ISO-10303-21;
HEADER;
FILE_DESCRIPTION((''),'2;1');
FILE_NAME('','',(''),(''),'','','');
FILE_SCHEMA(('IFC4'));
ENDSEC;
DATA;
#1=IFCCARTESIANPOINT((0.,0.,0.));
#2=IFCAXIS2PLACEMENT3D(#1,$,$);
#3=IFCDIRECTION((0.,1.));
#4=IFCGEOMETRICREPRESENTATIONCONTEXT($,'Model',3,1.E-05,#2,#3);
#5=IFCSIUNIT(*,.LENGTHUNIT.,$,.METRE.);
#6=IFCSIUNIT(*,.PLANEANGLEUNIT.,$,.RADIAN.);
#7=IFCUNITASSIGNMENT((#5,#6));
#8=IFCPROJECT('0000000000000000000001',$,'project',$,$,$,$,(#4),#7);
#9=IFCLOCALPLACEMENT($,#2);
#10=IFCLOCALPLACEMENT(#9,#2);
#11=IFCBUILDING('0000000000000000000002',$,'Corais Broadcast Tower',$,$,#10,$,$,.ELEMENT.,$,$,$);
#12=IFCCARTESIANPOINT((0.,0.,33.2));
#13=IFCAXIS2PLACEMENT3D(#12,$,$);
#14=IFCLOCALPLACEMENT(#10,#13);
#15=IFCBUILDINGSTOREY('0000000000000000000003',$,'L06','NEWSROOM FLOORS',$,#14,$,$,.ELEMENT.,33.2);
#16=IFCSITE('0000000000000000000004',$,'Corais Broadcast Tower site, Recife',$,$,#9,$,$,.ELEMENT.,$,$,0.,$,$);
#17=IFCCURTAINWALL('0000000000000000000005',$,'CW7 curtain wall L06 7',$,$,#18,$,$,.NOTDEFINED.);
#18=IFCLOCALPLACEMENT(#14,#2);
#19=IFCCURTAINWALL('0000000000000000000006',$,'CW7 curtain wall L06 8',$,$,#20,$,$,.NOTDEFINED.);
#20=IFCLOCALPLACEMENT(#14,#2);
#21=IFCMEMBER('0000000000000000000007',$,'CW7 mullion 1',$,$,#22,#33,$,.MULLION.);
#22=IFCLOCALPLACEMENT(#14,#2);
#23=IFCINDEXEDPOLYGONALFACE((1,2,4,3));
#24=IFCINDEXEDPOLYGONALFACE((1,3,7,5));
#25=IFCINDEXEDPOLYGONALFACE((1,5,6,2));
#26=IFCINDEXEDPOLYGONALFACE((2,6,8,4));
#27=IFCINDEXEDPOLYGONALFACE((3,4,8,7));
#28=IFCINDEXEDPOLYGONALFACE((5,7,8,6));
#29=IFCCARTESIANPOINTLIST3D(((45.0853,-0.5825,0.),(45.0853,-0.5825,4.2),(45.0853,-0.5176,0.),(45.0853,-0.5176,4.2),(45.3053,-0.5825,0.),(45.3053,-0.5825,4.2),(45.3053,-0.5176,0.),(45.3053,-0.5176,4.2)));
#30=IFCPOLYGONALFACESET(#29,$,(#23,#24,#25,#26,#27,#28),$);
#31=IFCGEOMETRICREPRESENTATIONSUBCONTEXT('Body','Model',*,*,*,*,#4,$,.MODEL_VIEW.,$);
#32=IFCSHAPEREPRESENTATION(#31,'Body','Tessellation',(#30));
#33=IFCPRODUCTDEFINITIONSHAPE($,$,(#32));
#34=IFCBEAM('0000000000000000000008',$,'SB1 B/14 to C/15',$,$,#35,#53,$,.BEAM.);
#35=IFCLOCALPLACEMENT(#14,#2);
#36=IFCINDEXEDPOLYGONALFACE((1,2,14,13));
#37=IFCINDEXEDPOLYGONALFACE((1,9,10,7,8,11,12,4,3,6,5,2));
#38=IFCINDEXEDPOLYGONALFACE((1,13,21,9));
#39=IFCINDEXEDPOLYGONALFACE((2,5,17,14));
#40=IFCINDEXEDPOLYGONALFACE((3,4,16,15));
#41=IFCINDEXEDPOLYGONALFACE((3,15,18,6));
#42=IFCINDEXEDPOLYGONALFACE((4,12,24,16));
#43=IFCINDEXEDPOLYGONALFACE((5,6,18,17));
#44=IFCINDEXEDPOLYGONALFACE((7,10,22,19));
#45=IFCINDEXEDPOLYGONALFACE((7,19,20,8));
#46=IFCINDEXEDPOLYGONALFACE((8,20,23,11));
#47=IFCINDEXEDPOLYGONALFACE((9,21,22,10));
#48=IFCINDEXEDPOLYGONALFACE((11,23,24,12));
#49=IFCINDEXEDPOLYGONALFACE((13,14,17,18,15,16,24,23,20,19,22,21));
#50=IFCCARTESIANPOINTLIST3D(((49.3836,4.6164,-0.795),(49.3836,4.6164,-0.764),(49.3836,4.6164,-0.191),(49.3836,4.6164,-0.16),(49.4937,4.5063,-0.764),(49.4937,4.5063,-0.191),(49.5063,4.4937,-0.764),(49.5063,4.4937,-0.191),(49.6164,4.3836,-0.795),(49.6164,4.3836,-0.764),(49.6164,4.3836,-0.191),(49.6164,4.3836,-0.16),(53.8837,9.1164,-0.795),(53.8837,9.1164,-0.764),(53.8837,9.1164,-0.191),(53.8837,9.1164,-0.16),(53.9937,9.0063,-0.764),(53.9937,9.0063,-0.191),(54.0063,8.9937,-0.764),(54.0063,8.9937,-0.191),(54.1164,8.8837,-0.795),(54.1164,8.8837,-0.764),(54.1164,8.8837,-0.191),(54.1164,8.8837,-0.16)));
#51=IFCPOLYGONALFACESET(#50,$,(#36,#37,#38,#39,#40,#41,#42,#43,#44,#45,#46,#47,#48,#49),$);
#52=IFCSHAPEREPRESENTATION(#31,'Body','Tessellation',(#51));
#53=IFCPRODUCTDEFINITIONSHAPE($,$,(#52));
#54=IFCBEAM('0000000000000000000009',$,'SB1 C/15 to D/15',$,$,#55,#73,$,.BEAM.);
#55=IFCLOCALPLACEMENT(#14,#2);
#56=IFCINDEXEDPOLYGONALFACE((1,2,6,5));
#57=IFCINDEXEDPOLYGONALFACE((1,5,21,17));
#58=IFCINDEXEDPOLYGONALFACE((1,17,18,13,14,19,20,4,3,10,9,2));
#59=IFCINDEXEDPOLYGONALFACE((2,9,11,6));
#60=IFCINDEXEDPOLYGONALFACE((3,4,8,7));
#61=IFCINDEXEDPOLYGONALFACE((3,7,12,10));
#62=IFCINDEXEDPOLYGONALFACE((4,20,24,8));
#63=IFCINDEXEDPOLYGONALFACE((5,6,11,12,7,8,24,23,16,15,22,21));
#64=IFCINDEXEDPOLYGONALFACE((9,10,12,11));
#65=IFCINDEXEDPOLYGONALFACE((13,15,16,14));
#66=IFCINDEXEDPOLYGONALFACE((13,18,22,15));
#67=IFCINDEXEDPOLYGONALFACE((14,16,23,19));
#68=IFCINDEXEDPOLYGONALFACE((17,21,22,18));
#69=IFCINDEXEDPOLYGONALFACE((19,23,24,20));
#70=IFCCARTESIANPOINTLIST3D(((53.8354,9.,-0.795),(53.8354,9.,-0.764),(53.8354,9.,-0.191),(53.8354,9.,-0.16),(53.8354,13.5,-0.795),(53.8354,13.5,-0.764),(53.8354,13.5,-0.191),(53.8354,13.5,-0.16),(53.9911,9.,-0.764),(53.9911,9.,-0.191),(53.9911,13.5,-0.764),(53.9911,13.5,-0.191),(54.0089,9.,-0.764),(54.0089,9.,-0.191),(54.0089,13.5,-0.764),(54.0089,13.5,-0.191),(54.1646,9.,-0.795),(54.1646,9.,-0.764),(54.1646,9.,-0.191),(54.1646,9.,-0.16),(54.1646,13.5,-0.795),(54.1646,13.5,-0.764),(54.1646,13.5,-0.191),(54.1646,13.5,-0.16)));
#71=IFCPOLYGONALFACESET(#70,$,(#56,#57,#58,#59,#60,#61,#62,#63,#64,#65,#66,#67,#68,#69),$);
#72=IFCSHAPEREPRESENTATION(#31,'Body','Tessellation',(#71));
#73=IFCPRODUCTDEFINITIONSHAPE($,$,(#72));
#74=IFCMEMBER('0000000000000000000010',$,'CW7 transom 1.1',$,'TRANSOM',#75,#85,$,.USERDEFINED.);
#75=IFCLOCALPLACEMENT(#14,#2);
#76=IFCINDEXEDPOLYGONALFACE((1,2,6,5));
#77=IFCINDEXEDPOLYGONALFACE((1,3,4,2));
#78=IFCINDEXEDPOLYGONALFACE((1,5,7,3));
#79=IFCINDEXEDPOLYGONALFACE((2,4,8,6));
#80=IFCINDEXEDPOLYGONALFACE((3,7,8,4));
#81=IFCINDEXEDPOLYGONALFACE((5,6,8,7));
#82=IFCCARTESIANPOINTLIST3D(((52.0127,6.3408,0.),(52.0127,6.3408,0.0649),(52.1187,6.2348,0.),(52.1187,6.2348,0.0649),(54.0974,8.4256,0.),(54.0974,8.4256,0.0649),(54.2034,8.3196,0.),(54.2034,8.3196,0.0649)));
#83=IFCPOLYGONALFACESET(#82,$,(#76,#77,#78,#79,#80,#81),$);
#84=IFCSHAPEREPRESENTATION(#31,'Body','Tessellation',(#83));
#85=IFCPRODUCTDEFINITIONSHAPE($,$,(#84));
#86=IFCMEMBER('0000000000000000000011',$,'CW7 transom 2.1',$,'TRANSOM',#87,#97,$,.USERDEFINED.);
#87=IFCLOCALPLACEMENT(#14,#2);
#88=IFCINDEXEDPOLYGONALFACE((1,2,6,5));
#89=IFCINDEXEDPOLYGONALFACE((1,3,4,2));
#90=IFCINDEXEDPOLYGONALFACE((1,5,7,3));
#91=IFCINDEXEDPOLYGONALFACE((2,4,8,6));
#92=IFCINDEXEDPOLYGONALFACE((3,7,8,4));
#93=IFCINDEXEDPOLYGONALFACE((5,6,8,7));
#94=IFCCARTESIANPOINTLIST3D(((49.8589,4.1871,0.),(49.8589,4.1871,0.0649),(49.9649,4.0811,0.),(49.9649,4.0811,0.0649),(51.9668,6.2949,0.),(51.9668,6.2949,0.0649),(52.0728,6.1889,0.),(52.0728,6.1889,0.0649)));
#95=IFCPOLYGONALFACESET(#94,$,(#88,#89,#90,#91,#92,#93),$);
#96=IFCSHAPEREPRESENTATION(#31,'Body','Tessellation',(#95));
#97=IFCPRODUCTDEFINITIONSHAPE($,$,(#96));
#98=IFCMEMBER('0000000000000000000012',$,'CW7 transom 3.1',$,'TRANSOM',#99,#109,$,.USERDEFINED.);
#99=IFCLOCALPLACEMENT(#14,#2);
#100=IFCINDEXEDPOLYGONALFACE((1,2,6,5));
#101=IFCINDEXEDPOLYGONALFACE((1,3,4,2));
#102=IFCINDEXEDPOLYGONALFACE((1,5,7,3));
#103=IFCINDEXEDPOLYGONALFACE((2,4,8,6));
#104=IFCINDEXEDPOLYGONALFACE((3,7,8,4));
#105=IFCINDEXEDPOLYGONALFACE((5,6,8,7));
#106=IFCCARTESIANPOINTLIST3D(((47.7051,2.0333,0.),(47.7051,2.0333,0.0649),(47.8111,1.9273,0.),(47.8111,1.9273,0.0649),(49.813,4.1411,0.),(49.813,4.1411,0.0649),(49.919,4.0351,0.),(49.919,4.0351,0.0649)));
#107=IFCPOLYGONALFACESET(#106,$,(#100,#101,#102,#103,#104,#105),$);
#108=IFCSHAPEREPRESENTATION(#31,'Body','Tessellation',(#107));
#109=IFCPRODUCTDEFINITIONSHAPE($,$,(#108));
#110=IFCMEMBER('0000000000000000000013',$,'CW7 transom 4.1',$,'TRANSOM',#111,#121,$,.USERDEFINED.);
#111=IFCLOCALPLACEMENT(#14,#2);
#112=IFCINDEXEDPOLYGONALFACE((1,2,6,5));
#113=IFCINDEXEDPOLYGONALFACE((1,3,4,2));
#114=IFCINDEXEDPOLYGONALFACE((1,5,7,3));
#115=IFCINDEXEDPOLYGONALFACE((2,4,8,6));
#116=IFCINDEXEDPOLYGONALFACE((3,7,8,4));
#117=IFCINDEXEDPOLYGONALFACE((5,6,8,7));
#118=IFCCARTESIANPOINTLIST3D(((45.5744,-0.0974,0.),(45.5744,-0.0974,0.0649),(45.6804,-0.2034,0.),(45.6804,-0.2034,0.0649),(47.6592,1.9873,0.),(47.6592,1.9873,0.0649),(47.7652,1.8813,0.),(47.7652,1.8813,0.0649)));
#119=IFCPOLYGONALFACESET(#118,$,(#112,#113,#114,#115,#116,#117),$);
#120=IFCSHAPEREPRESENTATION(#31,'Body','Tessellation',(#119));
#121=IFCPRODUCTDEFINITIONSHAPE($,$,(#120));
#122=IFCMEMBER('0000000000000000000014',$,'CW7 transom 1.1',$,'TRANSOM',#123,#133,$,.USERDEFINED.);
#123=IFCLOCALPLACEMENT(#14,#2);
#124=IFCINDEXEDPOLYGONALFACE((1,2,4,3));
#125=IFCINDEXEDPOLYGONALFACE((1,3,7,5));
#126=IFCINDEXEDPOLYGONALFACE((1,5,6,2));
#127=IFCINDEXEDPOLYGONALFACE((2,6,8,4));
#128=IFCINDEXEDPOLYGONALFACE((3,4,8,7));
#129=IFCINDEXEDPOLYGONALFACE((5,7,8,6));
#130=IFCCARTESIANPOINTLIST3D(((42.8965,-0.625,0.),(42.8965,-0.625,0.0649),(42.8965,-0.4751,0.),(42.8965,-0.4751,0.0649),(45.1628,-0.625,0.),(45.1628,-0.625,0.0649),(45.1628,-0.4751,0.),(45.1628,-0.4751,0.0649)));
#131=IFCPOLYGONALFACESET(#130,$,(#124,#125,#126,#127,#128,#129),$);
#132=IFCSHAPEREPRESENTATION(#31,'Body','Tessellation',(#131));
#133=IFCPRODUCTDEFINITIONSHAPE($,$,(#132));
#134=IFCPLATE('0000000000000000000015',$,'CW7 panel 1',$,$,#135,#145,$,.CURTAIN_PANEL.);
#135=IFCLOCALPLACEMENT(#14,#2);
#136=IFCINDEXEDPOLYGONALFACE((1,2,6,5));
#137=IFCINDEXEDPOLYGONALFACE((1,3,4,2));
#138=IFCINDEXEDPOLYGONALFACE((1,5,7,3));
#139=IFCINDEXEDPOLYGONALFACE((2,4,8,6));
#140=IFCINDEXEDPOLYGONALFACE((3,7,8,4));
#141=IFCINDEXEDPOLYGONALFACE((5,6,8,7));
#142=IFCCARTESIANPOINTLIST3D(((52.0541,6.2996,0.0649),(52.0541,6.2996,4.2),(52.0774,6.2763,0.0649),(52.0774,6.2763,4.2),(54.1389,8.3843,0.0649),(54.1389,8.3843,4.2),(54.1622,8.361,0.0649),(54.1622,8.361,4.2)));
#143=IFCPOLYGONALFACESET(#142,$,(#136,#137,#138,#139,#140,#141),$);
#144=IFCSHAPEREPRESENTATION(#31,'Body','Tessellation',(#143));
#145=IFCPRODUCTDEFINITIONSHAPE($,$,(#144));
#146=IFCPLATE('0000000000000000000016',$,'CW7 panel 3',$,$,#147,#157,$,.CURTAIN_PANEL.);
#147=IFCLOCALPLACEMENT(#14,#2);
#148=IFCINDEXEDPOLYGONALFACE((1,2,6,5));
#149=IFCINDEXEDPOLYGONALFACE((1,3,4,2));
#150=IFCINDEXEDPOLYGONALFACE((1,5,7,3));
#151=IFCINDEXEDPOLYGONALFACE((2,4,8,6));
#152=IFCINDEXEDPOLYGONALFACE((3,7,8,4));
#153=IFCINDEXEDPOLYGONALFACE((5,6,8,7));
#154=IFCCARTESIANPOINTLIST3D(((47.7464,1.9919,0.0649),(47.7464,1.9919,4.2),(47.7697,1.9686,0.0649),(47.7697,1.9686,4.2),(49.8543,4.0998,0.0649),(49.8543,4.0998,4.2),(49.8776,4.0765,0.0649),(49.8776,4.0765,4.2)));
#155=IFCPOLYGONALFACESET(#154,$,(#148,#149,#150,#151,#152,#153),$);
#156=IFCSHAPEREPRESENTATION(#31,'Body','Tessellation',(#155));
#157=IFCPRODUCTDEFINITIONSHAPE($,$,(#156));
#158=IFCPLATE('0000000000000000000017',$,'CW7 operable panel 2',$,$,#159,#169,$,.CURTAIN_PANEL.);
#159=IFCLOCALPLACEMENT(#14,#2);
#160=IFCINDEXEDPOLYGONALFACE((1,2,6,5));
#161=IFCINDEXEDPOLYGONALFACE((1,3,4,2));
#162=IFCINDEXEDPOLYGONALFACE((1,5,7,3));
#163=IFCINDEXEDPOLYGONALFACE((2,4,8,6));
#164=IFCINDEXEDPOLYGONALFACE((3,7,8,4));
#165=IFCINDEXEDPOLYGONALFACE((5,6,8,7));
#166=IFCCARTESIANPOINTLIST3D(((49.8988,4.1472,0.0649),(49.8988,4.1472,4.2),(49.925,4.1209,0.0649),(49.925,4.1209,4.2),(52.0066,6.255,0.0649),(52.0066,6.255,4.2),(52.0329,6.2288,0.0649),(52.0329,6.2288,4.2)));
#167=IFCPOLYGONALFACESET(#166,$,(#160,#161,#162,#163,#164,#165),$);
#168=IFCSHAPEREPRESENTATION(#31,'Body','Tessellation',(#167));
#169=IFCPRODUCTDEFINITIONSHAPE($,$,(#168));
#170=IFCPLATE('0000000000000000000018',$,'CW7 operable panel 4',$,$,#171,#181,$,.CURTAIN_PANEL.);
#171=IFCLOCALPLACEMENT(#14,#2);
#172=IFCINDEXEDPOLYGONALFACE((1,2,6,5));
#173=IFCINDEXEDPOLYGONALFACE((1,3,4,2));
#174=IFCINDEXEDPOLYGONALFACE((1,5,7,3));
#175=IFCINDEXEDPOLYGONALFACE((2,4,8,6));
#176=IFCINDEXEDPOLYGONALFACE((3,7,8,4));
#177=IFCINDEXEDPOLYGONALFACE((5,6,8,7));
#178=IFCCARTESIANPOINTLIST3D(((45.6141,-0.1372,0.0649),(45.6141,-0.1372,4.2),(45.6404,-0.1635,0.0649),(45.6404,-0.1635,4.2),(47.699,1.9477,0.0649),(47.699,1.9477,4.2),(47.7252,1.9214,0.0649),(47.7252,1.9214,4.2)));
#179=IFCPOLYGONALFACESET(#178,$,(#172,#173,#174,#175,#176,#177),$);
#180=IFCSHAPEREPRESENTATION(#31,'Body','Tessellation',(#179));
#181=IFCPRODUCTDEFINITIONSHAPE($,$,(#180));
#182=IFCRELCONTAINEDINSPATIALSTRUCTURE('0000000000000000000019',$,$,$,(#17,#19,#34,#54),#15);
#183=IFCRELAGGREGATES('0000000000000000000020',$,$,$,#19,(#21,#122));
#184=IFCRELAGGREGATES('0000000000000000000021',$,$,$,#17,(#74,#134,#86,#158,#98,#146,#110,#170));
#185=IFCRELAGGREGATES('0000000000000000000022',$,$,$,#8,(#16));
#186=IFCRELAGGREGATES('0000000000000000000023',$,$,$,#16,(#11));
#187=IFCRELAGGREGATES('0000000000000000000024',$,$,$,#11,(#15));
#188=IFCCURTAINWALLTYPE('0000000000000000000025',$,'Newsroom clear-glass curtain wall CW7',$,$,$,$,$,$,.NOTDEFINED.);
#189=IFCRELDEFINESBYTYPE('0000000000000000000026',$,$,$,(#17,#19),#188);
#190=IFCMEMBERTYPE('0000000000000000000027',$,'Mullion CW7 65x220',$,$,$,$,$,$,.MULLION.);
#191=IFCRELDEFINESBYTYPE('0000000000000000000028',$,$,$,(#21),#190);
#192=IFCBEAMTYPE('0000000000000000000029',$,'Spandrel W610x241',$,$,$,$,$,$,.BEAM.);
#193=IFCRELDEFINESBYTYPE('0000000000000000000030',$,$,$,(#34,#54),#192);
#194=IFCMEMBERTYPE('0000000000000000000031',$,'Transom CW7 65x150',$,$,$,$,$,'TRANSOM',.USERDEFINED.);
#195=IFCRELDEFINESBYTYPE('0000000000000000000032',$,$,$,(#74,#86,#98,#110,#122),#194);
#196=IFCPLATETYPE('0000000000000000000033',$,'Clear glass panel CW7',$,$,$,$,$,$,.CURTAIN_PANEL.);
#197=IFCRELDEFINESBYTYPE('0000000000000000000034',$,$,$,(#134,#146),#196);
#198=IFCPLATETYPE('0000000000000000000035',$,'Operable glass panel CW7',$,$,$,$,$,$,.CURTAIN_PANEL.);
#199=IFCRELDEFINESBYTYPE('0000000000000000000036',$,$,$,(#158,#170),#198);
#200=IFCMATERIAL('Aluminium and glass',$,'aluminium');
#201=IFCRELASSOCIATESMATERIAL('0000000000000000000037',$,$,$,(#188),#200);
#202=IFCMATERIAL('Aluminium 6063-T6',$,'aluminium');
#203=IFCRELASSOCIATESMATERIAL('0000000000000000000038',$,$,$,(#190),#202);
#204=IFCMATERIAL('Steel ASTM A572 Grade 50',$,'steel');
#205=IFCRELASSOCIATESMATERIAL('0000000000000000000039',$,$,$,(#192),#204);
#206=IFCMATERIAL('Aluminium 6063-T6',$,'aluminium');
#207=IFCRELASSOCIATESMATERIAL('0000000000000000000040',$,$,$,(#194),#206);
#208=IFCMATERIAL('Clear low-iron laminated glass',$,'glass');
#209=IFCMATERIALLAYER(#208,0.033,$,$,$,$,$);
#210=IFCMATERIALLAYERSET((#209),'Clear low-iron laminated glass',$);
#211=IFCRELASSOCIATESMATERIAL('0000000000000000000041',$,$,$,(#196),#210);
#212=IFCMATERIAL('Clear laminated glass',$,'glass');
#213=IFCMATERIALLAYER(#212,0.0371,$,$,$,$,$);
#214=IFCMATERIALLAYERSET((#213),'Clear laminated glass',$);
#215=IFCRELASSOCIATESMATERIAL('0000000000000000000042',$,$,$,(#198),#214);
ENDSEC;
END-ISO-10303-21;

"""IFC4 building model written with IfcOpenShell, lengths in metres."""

from ifc_helpers import new_model, si_unit, direction, frame, origin, origin_2d, place, context, subcontext, project, spatial, rectangle, i_section, extrude, material, layer, layer_set, material_profile, profile_set, type_object, element, aggregate, save


model = new_model("IFC4")

# Units and contexts
model_context = context("Model", 3, precision=1e-05, world=origin(), true_north=direction((0.0, 1.0)))
body_context = subcontext(model_context, "Body", "Model", "MODEL_VIEW")
ifc_project = project(units=[si_unit("LENGTHUNIT", "METRE"), si_unit("PLANEANGLEUNIT", "RADIAN")], contexts=[model_context])

# Site, building, storey
site_placement = place(None, origin())
site = spatial("IfcSite", under=ifc_project, at=site_placement, Name="Corais Broadcast Tower site, Recife", CompositionType="ELEMENT", RefElevation=0.0)
building_placement = place(site_placement, origin())
building = spatial("IfcBuilding", under=site, at=building_placement, Name="Corais Broadcast Tower", CompositionType="ELEMENT")
storey_placement = place(building_placement, frame((0.0, 0.0, 33.2)))
storey = spatial("IfcBuildingStorey", under=building, at=storey_placement, Name="L06", Description="NEWSROOM FLOORS", CompositionType="ELEMENT", Elevation=33.2)

# Shared definitions
ifc_material_1 = material(Name="Aluminium and glass", Category="aluminium")
curtain_wall_type = type_object("IfcCurtainWallType", Name="Newsroom clear-glass curtain wall CW7", PredefinedType="NOTDEFINED", material=ifc_material_1)
ifc_material_2 = material(Name="Aluminium 6063-T6", Category="aluminium")
ifc_material_profile_1 = material_profile(ifc_material_2, rectangle(XDim=0.0649, YDim=0.22, at=origin_2d()), Name="Mullion CW7 65x220")
ifc_profile_set_1 = profile_set([ifc_material_profile_1], Name="Aluminium 6063-T6")
member_type_1 = type_object("IfcMemberType", Name="Mullion CW7 65x220", PredefinedType="MULLION", material=ifc_profile_set_1)

# Curtain wall
curtain_wall_1_placement = place(storey_placement, origin())
curtain_wall_1 = element("IfcCurtainWall", 1, at=curtain_wall_1_placement, inside=storey, type_object=curtain_wall_type, Name="CW7 curtain wall L06 7", PredefinedType="NOTDEFINED")

# Curtain wall, member
curtain_wall_2_placement = place(storey_placement, origin())
curtain_wall_2 = element("IfcCurtainWall", 2, at=curtain_wall_2_placement, inside=storey, type_object=curtain_wall_type, Name="CW7 curtain wall L06 8", PredefinedType="NOTDEFINED")
member_1_placement = place(storey_placement, frame((45.1953, -0.55, 0.0), z_axis=(0.0, 0.0, 1.0), x_axis=(0.0, -1.0, 0.0)))
member_1 = element("IfcMember", 3, at=member_1_placement, type_object=member_type_1, Name="CW7 mullion 1", PredefinedType="MULLION", context=body_context, shape_type="SweptSolid", body=[
    extrude(rectangle(XDim=0.0649, YDim=0.22, at=origin_2d()), origin(), (0.0, 0.0, 1.0), 4.2),
])

# Beams
ifc_material_3 = material(Name="Steel ASTM A572 Grade 50", Category="steel")
ifc_material_profile_2 = material_profile(ifc_material_3, i_section(OverallWidth=0.3291, OverallDepth=0.635, WebThickness=0.0178, FlangeThickness=0.031, at=origin_2d()), Name="W610x241")
ifc_profile_set_2 = profile_set([ifc_material_profile_2], Name="Steel ASTM A572 Grade 50")
beam_type_1 = type_object("IfcBeamType", Name="Spandrel W610x241", PredefinedType="BEAM", material=ifc_profile_set_2)
beam_1_placement = place(storey_placement, frame((49.5, 4.5, -0.4775), z_axis=(0.707107, 0.707107, 0.0), x_axis=(-0.707107, 0.707107, 0.0)))
element("IfcBeam", 4, at=beam_1_placement, inside=storey, type_object=beam_type_1, Name="SB1 B/14 to C/15", PredefinedType="BEAM", context=body_context, shape_type="SweptSolid", body=[
    extrude(i_section(OverallWidth=0.3291, OverallDepth=0.635, WebThickness=0.0178, FlangeThickness=0.031, at=origin_2d()), origin(), (0.0, 0.0, 1.0), 6.364),
])
beam_2_placement = place(storey_placement, frame((54.0, 9.0, -0.4775), z_axis=(0.0, 1.0, 0.0), x_axis=(-1.0, 0.0, 0.0)))
element("IfcBeam", 5, at=beam_2_placement, inside=storey, type_object=beam_type_1, Name="SB1 C/15 to D/15", PredefinedType="BEAM", context=body_context, shape_type="SweptSolid", body=[
    extrude(i_section(OverallWidth=0.3291, OverallDepth=0.635, WebThickness=0.0178, FlangeThickness=0.031, at=origin_2d()), origin(), (0.0, 0.0, 1.0), 4.5),
])

# Members
ifc_material_4 = material(Name="Aluminium 6063-T6", Category="aluminium")
ifc_material_profile_3 = material_profile(ifc_material_4, rectangle(XDim=0.1499, YDim=0.0649, at=origin_2d()), Name="Transom CW7 65x150")
ifc_profile_set_3 = profile_set([ifc_material_profile_3], Name="Aluminium 6063-T6")
member_type_2 = type_object("IfcMemberType", Name="Transom CW7 65x150", ElementType="TRANSOM", PredefinedType="USERDEFINED", material=ifc_profile_set_3)
member_2_placement = place(storey_placement, frame((54.1504, 8.3726, 0.0325), z_axis=(-0.707107, -0.707107, 0.0), x_axis=(0.707107, -0.707107, 0.0)))
member_2 = element("IfcMember", 6, at=member_2_placement, type_object=member_type_2, Name="CW7 transom 1.1", ObjectType="TRANSOM", PredefinedType="USERDEFINED", context=body_context, shape_type="SweptSolid", body=[
    extrude(rectangle(XDim=0.1499, YDim=0.0649, at=origin_2d()), origin(), (0.0, 0.0, 1.0), 2.9482),
])
member_3_placement = place(storey_placement, frame((52.0198, 6.2419, 0.0325), z_axis=(-0.707107, -0.707107, 0.0), x_axis=(0.707107, -0.707107, 0.0)))
member_3 = element("IfcMember", 7, at=member_3_placement, type_object=member_type_2, Name="CW7 transom 2.1", ObjectType="TRANSOM", PredefinedType="USERDEFINED", context=body_context, shape_type="SweptSolid", body=[
    extrude(rectangle(XDim=0.1499, YDim=0.0649, at=origin_2d()), origin(), (0.0, 0.0, 1.0), 2.981),
])
member_4_placement = place(storey_placement, frame((49.866, 4.0881, 0.0325), z_axis=(-0.707107, -0.707107, 0.0), x_axis=(0.707107, -0.707107, 0.0)))
member_4 = element("IfcMember", 8, at=member_4_placement, type_object=member_type_2, Name="CW7 transom 3.1", ObjectType="TRANSOM", PredefinedType="USERDEFINED", context=body_context, shape_type="SweptSolid", body=[
    extrude(rectangle(XDim=0.1499, YDim=0.0649, at=origin_2d()), origin(), (0.0, 0.0, 1.0), 2.981),
])
member_5_placement = place(storey_placement, frame((47.7122, 1.9343, 0.0325), z_axis=(-0.707107, -0.707107, 0.0), x_axis=(0.707107, -0.707107, 0.0)))
member_5 = element("IfcMember", 9, at=member_5_placement, type_object=member_type_2, Name="CW7 transom 4.1", ObjectType="TRANSOM", PredefinedType="USERDEFINED", context=body_context, shape_type="SweptSolid", body=[
    extrude(rectangle(XDim=0.1499, YDim=0.0649, at=origin_2d()), origin(), (0.0, 0.0, 1.0), 2.9482),
])
member_6_placement = place(storey_placement, frame((45.1628, -0.55, 0.0325), z_axis=(-1.0, 0.0, 0.0), x_axis=(0.0, -1.0, 0.0)))
member_6 = element("IfcMember", 10, at=member_6_placement, type_object=member_type_2, Name="CW7 transom 1.1", ObjectType="TRANSOM", PredefinedType="USERDEFINED", context=body_context, shape_type="SweptSolid", body=[
    extrude(rectangle(XDim=0.1499, YDim=0.0649, at=origin_2d()), origin(), (0.0, 0.0, 1.0), 2.2664),
])
aggregate(curtain_wall_2, [member_1, member_6])

# Plates
ifc_material_5 = material(Name="Clear low-iron laminated glass", Category="glass")
ifc_layer_1 = layer(ifc_material_5, 0.033)
ifc_layer_set_1 = layer_set([ifc_layer_1], Name="Clear low-iron laminated glass")
plate_type_1 = type_object("IfcPlateType", Name="Clear glass panel CW7", PredefinedType="CURTAIN_PANEL", material=ifc_layer_set_1)
plate_1_placement = place(storey_placement, frame((53.1082, 7.3303, 0.0649), z_axis=(0.0, 0.0, 1.0), x_axis=(-0.707107, -0.707107, 0.0)))
plate_1 = element("IfcPlate", 11, at=plate_1_placement, type_object=plate_type_1, Name="CW7 panel 1", PredefinedType="CURTAIN_PANEL", context=body_context, shape_type="SweptSolid", body=[
    extrude(rectangle(XDim=2.9482, YDim=0.033, at=origin_2d()), origin(), (0.0, 0.0, 1.0), 4.135),
])
plate_2_placement = place(storey_placement, frame((48.812, 3.0342, 0.0649), z_axis=(0.0, 0.0, 1.0), x_axis=(-0.707107, -0.707107, 0.0)))
plate_2 = element("IfcPlate", 12, at=plate_2_placement, type_object=plate_type_1, Name="CW7 panel 3", PredefinedType="CURTAIN_PANEL", context=body_context, shape_type="SweptSolid", body=[
    extrude(rectangle(XDim=2.981, YDim=0.033, at=origin_2d()), origin(), (0.0, 0.0, 1.0), 4.135),
])
ifc_material_6 = material(Name="Clear laminated glass", Category="glass")
ifc_layer_2 = layer(ifc_material_6, 0.0371)
ifc_layer_set_2 = layer_set([ifc_layer_2], Name="Clear laminated glass")
plate_type_2 = type_object("IfcPlateType", Name="Operable glass panel CW7", PredefinedType="CURTAIN_PANEL", material=ifc_layer_set_2)
plate_3_placement = place(storey_placement, frame((50.9658, 5.188, 0.0649), z_axis=(0.0, 0.0, 1.0), x_axis=(-0.707107, -0.707107, 0.0)))
plate_3 = element("IfcPlate", 13, at=plate_3_placement, type_object=plate_type_2, Name="CW7 operable panel 2", PredefinedType="CURTAIN_PANEL", context=body_context, shape_type="SweptSolid", body=[
    extrude(rectangle(XDim=2.981, YDim=0.0371, at=origin_2d()), origin(), (0.0, 0.0, 1.0), 4.135),
])
plate_4_placement = place(storey_placement, frame((46.6697, 0.8921, 0.0649), z_axis=(0.0, 0.0, 1.0), x_axis=(-0.707107, -0.707107, 0.0)))
plate_4 = element("IfcPlate", 14, at=plate_4_placement, type_object=plate_type_2, Name="CW7 operable panel 4", PredefinedType="CURTAIN_PANEL", context=body_context, shape_type="SweptSolid", body=[
    extrude(rectangle(XDim=2.9485, YDim=0.0371, at=origin_2d()), origin(), (0.0, 0.0, 1.0), 4.135),
])
aggregate(curtain_wall_1, [member_2, plate_1, member_3, plate_3, member_4, plate_2, member_5, plate_4])

save(model, "model.ifc")
